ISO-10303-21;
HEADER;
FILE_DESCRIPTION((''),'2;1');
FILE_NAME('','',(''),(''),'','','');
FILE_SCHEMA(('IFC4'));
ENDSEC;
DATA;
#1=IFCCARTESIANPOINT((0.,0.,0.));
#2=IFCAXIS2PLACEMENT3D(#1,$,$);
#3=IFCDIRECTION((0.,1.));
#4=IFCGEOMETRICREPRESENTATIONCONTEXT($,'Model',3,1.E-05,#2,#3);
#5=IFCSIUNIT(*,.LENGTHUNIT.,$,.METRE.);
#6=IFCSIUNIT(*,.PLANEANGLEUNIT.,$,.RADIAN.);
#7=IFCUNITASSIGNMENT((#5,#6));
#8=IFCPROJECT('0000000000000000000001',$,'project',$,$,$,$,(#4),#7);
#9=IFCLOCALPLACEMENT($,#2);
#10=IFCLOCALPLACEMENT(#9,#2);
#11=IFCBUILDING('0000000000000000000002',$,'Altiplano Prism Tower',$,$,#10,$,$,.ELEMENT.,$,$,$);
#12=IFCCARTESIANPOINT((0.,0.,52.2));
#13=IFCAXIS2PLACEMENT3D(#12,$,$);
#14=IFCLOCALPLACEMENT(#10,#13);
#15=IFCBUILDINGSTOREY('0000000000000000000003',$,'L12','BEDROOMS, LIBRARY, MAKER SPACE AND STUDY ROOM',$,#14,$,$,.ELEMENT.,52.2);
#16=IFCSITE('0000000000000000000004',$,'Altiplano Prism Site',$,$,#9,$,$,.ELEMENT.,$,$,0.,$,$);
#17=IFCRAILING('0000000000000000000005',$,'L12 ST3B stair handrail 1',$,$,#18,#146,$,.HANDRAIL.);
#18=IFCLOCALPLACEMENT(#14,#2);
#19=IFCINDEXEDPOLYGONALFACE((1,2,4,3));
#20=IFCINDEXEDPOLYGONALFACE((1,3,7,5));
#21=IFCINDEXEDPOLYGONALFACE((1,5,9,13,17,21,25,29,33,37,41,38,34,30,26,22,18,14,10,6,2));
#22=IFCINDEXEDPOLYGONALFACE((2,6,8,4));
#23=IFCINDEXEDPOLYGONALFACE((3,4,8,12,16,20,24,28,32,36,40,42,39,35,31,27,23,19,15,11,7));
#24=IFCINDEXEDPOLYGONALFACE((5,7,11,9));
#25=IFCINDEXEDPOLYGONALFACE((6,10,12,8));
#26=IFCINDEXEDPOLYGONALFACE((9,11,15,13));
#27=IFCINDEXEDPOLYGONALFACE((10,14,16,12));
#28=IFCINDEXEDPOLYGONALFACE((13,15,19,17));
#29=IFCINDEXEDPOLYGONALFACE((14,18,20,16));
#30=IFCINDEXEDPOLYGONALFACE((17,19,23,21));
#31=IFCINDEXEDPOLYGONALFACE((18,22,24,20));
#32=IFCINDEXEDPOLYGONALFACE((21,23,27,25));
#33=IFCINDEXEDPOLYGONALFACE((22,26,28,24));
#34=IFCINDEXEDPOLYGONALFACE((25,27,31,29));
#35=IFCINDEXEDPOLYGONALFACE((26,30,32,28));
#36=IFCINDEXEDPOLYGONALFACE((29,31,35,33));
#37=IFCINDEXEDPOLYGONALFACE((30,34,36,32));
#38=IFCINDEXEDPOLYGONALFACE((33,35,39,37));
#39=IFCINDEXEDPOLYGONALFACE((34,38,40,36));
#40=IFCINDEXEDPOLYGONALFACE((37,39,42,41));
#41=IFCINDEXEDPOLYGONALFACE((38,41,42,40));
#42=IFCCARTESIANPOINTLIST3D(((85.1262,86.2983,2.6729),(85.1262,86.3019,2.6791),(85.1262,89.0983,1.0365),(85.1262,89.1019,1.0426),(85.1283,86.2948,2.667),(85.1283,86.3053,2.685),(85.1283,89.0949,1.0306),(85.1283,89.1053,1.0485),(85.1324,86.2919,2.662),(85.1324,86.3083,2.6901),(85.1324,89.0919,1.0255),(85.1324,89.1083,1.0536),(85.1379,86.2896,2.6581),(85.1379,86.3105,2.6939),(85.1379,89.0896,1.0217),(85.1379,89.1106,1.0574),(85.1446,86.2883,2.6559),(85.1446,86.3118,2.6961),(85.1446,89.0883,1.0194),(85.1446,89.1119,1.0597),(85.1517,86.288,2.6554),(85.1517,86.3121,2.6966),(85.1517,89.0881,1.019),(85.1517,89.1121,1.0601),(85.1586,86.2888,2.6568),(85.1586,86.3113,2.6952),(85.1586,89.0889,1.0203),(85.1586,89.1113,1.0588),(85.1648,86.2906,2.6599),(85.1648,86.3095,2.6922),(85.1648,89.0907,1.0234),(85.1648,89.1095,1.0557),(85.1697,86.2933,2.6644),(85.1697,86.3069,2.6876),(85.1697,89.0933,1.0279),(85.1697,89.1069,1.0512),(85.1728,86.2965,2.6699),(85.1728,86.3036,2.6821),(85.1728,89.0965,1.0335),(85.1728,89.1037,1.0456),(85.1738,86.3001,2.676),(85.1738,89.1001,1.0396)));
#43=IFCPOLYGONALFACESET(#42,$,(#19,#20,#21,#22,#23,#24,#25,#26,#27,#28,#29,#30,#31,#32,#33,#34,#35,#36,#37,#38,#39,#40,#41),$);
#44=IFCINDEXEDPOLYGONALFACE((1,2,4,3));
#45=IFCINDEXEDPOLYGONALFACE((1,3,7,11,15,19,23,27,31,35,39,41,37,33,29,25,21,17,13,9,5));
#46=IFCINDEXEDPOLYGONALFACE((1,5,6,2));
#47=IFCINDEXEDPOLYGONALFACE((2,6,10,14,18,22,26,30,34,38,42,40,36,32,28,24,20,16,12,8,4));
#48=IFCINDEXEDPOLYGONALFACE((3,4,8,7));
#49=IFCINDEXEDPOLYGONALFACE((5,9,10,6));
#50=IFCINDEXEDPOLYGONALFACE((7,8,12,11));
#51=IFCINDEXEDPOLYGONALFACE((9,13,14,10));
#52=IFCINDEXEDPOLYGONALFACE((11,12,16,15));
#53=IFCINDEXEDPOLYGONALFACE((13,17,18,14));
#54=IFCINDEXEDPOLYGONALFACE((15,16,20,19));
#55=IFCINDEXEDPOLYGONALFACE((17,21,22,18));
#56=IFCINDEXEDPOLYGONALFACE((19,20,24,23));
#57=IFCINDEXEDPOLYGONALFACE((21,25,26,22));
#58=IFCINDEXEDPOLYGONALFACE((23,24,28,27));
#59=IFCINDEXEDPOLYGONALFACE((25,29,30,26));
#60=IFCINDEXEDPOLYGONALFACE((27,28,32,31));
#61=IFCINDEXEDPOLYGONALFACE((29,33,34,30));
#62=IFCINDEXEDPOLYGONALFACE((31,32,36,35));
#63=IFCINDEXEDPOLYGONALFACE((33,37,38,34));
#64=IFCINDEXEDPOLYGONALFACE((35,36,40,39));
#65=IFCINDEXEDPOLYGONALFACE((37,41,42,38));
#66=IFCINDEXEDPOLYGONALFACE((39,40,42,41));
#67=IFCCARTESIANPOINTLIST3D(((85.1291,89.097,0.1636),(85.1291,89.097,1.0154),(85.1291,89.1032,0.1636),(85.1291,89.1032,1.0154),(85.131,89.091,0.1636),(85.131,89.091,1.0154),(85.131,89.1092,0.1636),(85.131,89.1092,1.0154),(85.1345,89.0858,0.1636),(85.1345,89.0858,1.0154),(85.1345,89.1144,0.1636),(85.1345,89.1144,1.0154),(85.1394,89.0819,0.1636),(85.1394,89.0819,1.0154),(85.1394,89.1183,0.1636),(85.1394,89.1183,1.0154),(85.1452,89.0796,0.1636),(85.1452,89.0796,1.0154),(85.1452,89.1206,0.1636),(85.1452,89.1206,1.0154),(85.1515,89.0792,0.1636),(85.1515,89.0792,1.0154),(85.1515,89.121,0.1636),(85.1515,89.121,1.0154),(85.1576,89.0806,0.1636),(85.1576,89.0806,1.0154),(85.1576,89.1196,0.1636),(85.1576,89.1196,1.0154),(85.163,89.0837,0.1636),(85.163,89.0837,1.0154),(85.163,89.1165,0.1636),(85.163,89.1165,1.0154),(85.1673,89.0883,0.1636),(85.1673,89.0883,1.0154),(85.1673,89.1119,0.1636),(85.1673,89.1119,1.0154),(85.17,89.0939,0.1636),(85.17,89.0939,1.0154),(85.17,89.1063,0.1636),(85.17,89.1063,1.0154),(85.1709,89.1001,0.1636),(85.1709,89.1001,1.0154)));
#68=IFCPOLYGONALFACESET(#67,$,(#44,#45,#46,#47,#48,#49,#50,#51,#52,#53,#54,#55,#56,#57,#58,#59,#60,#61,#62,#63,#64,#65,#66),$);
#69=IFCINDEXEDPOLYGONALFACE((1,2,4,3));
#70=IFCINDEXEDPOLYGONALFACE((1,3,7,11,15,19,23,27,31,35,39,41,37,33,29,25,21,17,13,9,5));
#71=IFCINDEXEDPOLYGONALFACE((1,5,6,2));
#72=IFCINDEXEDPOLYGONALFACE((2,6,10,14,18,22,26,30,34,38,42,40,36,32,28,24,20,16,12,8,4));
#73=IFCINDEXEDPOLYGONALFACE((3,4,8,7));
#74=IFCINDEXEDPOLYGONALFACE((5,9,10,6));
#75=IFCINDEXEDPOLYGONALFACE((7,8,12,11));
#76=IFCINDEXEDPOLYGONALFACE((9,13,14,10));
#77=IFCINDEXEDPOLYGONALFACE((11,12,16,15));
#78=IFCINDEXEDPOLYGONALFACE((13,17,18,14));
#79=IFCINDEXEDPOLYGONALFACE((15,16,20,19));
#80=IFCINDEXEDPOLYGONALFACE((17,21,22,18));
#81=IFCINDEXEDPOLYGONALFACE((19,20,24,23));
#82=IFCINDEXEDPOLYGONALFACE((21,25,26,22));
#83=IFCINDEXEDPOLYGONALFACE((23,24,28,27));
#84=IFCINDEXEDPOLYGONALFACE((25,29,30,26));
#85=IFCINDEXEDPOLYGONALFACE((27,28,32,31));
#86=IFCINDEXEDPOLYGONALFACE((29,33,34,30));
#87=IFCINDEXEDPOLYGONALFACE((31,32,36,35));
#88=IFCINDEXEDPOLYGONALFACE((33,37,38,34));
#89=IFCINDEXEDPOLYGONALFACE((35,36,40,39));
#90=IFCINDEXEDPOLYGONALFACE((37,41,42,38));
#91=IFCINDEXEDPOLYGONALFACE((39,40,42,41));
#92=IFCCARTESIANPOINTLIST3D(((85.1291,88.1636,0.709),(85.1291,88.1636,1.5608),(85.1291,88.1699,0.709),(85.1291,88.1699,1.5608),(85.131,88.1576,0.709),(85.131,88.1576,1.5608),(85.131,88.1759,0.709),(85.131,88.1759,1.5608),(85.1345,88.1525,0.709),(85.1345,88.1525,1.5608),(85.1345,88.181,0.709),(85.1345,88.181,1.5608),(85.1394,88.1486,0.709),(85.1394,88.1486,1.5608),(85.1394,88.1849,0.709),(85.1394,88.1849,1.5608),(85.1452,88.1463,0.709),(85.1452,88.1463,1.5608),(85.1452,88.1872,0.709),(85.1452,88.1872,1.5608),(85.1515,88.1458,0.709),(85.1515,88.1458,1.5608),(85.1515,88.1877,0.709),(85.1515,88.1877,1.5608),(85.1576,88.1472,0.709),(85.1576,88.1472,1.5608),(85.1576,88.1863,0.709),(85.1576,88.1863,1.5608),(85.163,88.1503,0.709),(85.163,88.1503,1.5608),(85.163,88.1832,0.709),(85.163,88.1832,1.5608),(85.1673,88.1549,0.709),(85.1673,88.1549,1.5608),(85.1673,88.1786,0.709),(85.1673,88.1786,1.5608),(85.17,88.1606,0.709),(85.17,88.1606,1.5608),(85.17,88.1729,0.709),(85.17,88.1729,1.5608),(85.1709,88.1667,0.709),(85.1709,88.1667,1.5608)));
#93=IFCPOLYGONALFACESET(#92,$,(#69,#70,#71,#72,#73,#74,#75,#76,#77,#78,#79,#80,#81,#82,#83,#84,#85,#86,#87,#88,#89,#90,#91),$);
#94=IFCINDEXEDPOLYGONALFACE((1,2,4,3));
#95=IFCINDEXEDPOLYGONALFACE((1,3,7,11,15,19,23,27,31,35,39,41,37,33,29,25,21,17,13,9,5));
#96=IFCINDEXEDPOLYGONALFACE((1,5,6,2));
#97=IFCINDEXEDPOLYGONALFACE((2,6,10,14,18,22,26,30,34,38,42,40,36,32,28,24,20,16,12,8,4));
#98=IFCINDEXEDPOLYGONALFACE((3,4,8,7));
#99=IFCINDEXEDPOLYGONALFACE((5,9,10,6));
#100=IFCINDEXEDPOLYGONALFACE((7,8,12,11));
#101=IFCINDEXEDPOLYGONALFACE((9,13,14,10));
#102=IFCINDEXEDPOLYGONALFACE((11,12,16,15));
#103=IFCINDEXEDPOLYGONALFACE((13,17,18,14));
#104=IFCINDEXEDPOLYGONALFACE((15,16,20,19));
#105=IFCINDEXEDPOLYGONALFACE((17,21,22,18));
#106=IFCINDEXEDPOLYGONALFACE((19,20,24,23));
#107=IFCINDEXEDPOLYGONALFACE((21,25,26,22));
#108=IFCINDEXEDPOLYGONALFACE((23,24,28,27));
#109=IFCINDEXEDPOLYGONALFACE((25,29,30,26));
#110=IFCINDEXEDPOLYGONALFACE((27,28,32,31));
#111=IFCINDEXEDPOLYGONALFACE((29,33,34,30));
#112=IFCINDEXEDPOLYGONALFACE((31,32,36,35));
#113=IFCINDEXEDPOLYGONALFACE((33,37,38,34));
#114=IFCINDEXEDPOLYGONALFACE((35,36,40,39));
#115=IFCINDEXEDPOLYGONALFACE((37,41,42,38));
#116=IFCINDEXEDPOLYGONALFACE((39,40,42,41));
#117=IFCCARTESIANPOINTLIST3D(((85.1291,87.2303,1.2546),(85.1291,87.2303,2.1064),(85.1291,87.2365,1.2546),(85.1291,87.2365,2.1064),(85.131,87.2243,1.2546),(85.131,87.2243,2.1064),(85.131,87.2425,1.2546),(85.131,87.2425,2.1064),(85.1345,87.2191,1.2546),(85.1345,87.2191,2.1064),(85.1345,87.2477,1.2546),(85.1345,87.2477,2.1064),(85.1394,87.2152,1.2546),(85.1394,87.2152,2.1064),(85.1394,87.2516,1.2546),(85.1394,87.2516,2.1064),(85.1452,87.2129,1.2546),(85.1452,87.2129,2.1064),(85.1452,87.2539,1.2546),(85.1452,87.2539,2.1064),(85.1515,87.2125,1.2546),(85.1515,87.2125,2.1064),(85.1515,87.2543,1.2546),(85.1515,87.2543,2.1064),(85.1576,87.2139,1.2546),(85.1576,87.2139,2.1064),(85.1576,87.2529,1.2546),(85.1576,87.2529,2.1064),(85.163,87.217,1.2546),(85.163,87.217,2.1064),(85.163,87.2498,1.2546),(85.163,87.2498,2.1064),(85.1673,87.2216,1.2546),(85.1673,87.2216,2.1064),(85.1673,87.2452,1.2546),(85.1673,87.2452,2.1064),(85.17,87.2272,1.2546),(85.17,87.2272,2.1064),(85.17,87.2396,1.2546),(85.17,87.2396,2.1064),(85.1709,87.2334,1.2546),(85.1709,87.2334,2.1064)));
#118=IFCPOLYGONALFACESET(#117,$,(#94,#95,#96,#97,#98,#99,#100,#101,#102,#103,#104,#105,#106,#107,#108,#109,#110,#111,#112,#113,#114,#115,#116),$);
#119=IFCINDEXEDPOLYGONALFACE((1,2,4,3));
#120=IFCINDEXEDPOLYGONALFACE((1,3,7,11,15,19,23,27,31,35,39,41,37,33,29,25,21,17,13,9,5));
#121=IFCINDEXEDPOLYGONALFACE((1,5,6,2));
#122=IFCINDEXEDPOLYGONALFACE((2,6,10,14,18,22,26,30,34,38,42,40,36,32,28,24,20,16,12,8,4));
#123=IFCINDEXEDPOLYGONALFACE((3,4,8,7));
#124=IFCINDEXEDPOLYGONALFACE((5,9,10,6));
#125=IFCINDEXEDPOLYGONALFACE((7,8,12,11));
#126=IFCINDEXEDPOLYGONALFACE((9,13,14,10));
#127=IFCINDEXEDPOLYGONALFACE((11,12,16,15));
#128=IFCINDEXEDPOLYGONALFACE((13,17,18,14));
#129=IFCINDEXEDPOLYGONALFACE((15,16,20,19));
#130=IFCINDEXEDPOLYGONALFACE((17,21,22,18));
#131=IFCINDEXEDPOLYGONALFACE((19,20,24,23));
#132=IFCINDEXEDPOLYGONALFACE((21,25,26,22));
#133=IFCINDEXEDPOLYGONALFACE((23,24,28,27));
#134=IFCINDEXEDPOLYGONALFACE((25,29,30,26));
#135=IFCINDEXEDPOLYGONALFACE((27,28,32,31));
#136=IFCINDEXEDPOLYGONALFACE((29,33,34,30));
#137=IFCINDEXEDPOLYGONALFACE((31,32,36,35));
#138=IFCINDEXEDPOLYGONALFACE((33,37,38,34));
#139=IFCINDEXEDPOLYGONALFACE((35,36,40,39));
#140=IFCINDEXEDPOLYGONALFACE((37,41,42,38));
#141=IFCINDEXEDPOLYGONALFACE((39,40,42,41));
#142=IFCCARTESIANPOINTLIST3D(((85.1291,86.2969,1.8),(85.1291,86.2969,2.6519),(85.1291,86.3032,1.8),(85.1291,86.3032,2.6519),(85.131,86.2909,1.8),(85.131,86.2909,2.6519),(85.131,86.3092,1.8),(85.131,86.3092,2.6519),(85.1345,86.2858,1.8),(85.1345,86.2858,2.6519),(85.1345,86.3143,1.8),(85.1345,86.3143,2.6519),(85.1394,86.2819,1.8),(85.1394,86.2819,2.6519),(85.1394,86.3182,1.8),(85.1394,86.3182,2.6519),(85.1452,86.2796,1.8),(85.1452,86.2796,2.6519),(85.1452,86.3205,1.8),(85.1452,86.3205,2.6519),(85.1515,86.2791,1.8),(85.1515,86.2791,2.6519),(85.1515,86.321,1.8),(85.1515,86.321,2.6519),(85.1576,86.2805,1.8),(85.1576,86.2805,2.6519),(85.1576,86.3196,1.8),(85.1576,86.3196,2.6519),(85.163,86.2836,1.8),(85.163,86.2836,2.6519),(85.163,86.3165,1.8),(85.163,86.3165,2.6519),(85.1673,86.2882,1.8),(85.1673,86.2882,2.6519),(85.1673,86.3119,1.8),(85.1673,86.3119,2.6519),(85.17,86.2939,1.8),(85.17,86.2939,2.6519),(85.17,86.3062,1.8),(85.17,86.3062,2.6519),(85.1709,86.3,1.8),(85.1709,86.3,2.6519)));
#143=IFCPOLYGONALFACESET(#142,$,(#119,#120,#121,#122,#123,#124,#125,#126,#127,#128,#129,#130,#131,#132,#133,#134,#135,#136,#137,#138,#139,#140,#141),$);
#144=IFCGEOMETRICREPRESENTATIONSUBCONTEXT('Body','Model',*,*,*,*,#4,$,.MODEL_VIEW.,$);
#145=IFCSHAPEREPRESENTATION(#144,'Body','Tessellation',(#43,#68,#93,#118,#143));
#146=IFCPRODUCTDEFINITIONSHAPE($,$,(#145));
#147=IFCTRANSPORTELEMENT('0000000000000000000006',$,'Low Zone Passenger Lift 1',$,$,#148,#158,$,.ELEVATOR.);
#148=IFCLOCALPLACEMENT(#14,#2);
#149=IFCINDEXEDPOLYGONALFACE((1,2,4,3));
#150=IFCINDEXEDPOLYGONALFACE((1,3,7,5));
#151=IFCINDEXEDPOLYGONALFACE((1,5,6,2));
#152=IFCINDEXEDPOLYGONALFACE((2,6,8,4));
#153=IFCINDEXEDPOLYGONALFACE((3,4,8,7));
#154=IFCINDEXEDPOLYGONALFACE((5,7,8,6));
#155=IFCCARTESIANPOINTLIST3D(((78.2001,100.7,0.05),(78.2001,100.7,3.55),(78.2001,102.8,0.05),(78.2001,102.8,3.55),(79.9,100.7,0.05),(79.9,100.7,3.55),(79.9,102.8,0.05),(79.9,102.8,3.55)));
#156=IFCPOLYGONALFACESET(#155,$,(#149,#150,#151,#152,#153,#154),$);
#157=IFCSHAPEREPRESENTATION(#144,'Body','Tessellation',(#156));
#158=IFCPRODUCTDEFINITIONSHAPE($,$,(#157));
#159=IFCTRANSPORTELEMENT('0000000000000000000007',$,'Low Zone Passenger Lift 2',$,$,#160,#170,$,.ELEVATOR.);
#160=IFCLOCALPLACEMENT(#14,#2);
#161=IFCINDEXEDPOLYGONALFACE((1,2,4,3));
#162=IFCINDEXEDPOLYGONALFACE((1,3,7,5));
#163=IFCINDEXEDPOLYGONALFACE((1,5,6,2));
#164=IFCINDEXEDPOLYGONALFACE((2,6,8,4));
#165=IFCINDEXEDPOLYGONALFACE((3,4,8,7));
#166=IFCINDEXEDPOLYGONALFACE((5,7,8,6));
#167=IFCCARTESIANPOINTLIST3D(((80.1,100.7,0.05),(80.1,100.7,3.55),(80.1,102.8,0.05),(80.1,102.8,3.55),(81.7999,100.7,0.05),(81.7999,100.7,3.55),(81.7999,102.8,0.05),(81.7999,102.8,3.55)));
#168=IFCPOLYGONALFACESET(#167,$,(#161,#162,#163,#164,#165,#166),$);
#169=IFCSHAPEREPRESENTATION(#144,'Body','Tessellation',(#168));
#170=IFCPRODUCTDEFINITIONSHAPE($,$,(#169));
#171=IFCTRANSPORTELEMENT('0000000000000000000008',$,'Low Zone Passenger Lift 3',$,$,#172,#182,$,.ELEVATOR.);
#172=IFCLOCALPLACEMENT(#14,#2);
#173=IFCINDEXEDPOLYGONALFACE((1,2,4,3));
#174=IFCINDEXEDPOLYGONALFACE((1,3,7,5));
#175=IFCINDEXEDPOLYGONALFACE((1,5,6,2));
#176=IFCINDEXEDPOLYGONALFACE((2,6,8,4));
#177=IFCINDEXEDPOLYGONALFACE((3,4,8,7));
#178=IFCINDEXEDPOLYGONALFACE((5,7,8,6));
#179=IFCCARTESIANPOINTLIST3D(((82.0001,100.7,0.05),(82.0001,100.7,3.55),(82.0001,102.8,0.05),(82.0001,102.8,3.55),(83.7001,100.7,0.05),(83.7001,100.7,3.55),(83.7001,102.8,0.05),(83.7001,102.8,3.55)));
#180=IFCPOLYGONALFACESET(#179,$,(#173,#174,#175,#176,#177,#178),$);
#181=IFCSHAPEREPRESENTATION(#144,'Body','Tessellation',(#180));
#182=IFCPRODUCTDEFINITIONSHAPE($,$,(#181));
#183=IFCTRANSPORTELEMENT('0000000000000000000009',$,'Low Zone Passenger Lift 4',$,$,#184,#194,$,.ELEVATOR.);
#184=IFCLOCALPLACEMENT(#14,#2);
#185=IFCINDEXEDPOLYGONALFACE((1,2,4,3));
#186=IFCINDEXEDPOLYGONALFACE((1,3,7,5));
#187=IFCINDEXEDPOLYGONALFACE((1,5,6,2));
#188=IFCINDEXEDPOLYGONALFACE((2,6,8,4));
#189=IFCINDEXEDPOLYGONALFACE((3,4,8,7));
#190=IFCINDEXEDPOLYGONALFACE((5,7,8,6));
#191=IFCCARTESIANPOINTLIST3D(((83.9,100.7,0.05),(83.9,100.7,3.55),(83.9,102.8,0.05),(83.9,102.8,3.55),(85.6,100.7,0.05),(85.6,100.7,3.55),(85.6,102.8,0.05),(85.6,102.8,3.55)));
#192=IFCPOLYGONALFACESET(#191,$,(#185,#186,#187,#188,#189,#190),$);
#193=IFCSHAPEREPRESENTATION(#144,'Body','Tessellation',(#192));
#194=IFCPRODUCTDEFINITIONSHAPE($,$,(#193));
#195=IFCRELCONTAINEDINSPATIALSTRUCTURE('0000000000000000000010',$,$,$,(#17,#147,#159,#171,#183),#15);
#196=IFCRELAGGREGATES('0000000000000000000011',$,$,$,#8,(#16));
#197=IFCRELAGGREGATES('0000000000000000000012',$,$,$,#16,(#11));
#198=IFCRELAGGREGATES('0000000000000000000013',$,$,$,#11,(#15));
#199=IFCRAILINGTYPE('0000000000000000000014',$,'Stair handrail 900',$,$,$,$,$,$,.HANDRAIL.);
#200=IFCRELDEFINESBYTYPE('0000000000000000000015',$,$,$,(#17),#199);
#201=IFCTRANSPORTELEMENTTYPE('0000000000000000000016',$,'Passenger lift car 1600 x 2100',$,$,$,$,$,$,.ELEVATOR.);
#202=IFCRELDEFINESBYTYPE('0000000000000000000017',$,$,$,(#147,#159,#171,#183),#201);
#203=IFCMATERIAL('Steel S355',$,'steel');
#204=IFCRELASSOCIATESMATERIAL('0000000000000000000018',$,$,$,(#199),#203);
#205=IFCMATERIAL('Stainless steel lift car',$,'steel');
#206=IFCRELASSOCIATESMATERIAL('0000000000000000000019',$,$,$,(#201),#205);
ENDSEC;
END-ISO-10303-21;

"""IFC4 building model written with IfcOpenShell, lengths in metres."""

from ifc_helpers import new_model, si_unit, direction, frame, origin, origin_2d, place, context, subcontext, project, spatial, rectangle, circle, extrude, material, type_object, element, save


model = new_model("IFC4")

# Units and contexts
model_context = context("Model", 3, precision=1e-05, world=origin(), true_north=direction((0.0, 1.0)))
body_context = subcontext(model_context, "Body", "Model", "MODEL_VIEW")
ifc_project = project(units=[si_unit("LENGTHUNIT", "METRE"), si_unit("PLANEANGLEUNIT", "RADIAN")], contexts=[model_context])

# Site, building, storey
site_placement = place(None, origin())
site = spatial("IfcSite", under=ifc_project, at=site_placement, Name="Altiplano Prism Site", CompositionType="ELEMENT", RefElevation=0.0)
building_placement = place(site_placement, origin())
building = spatial("IfcBuilding", under=site, at=building_placement, Name="Altiplano Prism Tower", CompositionType="ELEMENT")
storey_placement = place(building_placement, frame((0.0, 0.0, 52.2)))
storey = spatial("IfcBuildingStorey", under=building, at=storey_placement, Name="L12", Description="BEDROOMS, LIBRARY, MAKER SPACE AND STUDY ROOM", CompositionType="ELEMENT", Elevation=52.2)

# Railing
ifc_material_1 = material(Name="Steel S355", Category="steel")
railing_type_1 = type_object("IfcRailingType", Name="Stair handrail 900", PredefinedType="HANDRAIL", material=ifc_material_1)
railing_1_placement = place(storey_placement, frame((85.1499, 89.1001, 0.1636)))
element("IfcRailing", 1, at=railing_1_placement, inside=storey, type_object=railing_type_1, Name="L12 ST3B stair handrail 1", PredefinedType="HANDRAIL", context=body_context, shape_type="SweptSolid", body=[
    extrude(circle(Radius=0.0239, at=origin_2d()), frame((0.0, 0.0, 0.876), z_axis=(0.0, -0.863361, 0.504587), x_axis=(1.0, 0.0, 0.0)), (0.0, 0.0, 1.0), 3.2432),
    extrude(circle(Radius=0.021, at=origin_2d()), origin(), (0.0, 0.0, 1.0), 0.8518),
    extrude(circle(Radius=0.021, at=origin_2d()), frame((0.0, -0.9333, 0.5454)), (0.0, 0.0, 1.0), 0.8518),
    extrude(circle(Radius=0.021, at=origin_2d()), frame((0.0, -1.8667, 1.0911)), (0.0, 0.0, 1.0), 0.8518),
    extrude(circle(Radius=0.021, at=origin_2d()), frame((0.0, -2.8, 1.6365)), (0.0, 0.0, 1.0), 0.8518),
])

# Transport elements
ifc_material_2 = material(Name="Stainless steel lift car", Category="steel")
transport_element_type = type_object("IfcTransportElementType", Name="Passenger lift car 1600 x 2100", PredefinedType="ELEVATOR", material=ifc_material_2)
for number, where, z_axis, x_axis, name in (
    (2, (79.05, 101.75, 0.05), (0.0, 0.0, 1.0), (1.0, 0.0, 0.0), "Low Zone Passenger Lift 1"),
    (3, (80.95, 101.75, 0.05), (0.0, 0.0, 1.0), (1.0, 0.0, 0.0), "Low Zone Passenger Lift 2"),
    (4, (82.8501, 101.75, 0.05), (0.0, 0.0, 1.0), (1.0, 0.0, 0.0), "Low Zone Passenger Lift 3"),
    (5, (84.75, 101.75, 0.05), (0.0, 0.0, 1.0), (1.0, 0.0, 0.0), "Low Zone Passenger Lift 4"),
):
    element("IfcTransportElement", number, at=place(storey_placement, frame(where, z_axis=z_axis, x_axis=x_axis)), inside=storey, type_object=transport_element_type, Name=name, PredefinedType="ELEVATOR", context=body_context, shape_type="SweptSolid", body=[
        extrude(rectangle(XDim=1.7, YDim=2.1001, at=origin_2d()), origin(), (0.0, 0.0, 1.0), 3.5),
    ])

save(model, "model.ifc")
